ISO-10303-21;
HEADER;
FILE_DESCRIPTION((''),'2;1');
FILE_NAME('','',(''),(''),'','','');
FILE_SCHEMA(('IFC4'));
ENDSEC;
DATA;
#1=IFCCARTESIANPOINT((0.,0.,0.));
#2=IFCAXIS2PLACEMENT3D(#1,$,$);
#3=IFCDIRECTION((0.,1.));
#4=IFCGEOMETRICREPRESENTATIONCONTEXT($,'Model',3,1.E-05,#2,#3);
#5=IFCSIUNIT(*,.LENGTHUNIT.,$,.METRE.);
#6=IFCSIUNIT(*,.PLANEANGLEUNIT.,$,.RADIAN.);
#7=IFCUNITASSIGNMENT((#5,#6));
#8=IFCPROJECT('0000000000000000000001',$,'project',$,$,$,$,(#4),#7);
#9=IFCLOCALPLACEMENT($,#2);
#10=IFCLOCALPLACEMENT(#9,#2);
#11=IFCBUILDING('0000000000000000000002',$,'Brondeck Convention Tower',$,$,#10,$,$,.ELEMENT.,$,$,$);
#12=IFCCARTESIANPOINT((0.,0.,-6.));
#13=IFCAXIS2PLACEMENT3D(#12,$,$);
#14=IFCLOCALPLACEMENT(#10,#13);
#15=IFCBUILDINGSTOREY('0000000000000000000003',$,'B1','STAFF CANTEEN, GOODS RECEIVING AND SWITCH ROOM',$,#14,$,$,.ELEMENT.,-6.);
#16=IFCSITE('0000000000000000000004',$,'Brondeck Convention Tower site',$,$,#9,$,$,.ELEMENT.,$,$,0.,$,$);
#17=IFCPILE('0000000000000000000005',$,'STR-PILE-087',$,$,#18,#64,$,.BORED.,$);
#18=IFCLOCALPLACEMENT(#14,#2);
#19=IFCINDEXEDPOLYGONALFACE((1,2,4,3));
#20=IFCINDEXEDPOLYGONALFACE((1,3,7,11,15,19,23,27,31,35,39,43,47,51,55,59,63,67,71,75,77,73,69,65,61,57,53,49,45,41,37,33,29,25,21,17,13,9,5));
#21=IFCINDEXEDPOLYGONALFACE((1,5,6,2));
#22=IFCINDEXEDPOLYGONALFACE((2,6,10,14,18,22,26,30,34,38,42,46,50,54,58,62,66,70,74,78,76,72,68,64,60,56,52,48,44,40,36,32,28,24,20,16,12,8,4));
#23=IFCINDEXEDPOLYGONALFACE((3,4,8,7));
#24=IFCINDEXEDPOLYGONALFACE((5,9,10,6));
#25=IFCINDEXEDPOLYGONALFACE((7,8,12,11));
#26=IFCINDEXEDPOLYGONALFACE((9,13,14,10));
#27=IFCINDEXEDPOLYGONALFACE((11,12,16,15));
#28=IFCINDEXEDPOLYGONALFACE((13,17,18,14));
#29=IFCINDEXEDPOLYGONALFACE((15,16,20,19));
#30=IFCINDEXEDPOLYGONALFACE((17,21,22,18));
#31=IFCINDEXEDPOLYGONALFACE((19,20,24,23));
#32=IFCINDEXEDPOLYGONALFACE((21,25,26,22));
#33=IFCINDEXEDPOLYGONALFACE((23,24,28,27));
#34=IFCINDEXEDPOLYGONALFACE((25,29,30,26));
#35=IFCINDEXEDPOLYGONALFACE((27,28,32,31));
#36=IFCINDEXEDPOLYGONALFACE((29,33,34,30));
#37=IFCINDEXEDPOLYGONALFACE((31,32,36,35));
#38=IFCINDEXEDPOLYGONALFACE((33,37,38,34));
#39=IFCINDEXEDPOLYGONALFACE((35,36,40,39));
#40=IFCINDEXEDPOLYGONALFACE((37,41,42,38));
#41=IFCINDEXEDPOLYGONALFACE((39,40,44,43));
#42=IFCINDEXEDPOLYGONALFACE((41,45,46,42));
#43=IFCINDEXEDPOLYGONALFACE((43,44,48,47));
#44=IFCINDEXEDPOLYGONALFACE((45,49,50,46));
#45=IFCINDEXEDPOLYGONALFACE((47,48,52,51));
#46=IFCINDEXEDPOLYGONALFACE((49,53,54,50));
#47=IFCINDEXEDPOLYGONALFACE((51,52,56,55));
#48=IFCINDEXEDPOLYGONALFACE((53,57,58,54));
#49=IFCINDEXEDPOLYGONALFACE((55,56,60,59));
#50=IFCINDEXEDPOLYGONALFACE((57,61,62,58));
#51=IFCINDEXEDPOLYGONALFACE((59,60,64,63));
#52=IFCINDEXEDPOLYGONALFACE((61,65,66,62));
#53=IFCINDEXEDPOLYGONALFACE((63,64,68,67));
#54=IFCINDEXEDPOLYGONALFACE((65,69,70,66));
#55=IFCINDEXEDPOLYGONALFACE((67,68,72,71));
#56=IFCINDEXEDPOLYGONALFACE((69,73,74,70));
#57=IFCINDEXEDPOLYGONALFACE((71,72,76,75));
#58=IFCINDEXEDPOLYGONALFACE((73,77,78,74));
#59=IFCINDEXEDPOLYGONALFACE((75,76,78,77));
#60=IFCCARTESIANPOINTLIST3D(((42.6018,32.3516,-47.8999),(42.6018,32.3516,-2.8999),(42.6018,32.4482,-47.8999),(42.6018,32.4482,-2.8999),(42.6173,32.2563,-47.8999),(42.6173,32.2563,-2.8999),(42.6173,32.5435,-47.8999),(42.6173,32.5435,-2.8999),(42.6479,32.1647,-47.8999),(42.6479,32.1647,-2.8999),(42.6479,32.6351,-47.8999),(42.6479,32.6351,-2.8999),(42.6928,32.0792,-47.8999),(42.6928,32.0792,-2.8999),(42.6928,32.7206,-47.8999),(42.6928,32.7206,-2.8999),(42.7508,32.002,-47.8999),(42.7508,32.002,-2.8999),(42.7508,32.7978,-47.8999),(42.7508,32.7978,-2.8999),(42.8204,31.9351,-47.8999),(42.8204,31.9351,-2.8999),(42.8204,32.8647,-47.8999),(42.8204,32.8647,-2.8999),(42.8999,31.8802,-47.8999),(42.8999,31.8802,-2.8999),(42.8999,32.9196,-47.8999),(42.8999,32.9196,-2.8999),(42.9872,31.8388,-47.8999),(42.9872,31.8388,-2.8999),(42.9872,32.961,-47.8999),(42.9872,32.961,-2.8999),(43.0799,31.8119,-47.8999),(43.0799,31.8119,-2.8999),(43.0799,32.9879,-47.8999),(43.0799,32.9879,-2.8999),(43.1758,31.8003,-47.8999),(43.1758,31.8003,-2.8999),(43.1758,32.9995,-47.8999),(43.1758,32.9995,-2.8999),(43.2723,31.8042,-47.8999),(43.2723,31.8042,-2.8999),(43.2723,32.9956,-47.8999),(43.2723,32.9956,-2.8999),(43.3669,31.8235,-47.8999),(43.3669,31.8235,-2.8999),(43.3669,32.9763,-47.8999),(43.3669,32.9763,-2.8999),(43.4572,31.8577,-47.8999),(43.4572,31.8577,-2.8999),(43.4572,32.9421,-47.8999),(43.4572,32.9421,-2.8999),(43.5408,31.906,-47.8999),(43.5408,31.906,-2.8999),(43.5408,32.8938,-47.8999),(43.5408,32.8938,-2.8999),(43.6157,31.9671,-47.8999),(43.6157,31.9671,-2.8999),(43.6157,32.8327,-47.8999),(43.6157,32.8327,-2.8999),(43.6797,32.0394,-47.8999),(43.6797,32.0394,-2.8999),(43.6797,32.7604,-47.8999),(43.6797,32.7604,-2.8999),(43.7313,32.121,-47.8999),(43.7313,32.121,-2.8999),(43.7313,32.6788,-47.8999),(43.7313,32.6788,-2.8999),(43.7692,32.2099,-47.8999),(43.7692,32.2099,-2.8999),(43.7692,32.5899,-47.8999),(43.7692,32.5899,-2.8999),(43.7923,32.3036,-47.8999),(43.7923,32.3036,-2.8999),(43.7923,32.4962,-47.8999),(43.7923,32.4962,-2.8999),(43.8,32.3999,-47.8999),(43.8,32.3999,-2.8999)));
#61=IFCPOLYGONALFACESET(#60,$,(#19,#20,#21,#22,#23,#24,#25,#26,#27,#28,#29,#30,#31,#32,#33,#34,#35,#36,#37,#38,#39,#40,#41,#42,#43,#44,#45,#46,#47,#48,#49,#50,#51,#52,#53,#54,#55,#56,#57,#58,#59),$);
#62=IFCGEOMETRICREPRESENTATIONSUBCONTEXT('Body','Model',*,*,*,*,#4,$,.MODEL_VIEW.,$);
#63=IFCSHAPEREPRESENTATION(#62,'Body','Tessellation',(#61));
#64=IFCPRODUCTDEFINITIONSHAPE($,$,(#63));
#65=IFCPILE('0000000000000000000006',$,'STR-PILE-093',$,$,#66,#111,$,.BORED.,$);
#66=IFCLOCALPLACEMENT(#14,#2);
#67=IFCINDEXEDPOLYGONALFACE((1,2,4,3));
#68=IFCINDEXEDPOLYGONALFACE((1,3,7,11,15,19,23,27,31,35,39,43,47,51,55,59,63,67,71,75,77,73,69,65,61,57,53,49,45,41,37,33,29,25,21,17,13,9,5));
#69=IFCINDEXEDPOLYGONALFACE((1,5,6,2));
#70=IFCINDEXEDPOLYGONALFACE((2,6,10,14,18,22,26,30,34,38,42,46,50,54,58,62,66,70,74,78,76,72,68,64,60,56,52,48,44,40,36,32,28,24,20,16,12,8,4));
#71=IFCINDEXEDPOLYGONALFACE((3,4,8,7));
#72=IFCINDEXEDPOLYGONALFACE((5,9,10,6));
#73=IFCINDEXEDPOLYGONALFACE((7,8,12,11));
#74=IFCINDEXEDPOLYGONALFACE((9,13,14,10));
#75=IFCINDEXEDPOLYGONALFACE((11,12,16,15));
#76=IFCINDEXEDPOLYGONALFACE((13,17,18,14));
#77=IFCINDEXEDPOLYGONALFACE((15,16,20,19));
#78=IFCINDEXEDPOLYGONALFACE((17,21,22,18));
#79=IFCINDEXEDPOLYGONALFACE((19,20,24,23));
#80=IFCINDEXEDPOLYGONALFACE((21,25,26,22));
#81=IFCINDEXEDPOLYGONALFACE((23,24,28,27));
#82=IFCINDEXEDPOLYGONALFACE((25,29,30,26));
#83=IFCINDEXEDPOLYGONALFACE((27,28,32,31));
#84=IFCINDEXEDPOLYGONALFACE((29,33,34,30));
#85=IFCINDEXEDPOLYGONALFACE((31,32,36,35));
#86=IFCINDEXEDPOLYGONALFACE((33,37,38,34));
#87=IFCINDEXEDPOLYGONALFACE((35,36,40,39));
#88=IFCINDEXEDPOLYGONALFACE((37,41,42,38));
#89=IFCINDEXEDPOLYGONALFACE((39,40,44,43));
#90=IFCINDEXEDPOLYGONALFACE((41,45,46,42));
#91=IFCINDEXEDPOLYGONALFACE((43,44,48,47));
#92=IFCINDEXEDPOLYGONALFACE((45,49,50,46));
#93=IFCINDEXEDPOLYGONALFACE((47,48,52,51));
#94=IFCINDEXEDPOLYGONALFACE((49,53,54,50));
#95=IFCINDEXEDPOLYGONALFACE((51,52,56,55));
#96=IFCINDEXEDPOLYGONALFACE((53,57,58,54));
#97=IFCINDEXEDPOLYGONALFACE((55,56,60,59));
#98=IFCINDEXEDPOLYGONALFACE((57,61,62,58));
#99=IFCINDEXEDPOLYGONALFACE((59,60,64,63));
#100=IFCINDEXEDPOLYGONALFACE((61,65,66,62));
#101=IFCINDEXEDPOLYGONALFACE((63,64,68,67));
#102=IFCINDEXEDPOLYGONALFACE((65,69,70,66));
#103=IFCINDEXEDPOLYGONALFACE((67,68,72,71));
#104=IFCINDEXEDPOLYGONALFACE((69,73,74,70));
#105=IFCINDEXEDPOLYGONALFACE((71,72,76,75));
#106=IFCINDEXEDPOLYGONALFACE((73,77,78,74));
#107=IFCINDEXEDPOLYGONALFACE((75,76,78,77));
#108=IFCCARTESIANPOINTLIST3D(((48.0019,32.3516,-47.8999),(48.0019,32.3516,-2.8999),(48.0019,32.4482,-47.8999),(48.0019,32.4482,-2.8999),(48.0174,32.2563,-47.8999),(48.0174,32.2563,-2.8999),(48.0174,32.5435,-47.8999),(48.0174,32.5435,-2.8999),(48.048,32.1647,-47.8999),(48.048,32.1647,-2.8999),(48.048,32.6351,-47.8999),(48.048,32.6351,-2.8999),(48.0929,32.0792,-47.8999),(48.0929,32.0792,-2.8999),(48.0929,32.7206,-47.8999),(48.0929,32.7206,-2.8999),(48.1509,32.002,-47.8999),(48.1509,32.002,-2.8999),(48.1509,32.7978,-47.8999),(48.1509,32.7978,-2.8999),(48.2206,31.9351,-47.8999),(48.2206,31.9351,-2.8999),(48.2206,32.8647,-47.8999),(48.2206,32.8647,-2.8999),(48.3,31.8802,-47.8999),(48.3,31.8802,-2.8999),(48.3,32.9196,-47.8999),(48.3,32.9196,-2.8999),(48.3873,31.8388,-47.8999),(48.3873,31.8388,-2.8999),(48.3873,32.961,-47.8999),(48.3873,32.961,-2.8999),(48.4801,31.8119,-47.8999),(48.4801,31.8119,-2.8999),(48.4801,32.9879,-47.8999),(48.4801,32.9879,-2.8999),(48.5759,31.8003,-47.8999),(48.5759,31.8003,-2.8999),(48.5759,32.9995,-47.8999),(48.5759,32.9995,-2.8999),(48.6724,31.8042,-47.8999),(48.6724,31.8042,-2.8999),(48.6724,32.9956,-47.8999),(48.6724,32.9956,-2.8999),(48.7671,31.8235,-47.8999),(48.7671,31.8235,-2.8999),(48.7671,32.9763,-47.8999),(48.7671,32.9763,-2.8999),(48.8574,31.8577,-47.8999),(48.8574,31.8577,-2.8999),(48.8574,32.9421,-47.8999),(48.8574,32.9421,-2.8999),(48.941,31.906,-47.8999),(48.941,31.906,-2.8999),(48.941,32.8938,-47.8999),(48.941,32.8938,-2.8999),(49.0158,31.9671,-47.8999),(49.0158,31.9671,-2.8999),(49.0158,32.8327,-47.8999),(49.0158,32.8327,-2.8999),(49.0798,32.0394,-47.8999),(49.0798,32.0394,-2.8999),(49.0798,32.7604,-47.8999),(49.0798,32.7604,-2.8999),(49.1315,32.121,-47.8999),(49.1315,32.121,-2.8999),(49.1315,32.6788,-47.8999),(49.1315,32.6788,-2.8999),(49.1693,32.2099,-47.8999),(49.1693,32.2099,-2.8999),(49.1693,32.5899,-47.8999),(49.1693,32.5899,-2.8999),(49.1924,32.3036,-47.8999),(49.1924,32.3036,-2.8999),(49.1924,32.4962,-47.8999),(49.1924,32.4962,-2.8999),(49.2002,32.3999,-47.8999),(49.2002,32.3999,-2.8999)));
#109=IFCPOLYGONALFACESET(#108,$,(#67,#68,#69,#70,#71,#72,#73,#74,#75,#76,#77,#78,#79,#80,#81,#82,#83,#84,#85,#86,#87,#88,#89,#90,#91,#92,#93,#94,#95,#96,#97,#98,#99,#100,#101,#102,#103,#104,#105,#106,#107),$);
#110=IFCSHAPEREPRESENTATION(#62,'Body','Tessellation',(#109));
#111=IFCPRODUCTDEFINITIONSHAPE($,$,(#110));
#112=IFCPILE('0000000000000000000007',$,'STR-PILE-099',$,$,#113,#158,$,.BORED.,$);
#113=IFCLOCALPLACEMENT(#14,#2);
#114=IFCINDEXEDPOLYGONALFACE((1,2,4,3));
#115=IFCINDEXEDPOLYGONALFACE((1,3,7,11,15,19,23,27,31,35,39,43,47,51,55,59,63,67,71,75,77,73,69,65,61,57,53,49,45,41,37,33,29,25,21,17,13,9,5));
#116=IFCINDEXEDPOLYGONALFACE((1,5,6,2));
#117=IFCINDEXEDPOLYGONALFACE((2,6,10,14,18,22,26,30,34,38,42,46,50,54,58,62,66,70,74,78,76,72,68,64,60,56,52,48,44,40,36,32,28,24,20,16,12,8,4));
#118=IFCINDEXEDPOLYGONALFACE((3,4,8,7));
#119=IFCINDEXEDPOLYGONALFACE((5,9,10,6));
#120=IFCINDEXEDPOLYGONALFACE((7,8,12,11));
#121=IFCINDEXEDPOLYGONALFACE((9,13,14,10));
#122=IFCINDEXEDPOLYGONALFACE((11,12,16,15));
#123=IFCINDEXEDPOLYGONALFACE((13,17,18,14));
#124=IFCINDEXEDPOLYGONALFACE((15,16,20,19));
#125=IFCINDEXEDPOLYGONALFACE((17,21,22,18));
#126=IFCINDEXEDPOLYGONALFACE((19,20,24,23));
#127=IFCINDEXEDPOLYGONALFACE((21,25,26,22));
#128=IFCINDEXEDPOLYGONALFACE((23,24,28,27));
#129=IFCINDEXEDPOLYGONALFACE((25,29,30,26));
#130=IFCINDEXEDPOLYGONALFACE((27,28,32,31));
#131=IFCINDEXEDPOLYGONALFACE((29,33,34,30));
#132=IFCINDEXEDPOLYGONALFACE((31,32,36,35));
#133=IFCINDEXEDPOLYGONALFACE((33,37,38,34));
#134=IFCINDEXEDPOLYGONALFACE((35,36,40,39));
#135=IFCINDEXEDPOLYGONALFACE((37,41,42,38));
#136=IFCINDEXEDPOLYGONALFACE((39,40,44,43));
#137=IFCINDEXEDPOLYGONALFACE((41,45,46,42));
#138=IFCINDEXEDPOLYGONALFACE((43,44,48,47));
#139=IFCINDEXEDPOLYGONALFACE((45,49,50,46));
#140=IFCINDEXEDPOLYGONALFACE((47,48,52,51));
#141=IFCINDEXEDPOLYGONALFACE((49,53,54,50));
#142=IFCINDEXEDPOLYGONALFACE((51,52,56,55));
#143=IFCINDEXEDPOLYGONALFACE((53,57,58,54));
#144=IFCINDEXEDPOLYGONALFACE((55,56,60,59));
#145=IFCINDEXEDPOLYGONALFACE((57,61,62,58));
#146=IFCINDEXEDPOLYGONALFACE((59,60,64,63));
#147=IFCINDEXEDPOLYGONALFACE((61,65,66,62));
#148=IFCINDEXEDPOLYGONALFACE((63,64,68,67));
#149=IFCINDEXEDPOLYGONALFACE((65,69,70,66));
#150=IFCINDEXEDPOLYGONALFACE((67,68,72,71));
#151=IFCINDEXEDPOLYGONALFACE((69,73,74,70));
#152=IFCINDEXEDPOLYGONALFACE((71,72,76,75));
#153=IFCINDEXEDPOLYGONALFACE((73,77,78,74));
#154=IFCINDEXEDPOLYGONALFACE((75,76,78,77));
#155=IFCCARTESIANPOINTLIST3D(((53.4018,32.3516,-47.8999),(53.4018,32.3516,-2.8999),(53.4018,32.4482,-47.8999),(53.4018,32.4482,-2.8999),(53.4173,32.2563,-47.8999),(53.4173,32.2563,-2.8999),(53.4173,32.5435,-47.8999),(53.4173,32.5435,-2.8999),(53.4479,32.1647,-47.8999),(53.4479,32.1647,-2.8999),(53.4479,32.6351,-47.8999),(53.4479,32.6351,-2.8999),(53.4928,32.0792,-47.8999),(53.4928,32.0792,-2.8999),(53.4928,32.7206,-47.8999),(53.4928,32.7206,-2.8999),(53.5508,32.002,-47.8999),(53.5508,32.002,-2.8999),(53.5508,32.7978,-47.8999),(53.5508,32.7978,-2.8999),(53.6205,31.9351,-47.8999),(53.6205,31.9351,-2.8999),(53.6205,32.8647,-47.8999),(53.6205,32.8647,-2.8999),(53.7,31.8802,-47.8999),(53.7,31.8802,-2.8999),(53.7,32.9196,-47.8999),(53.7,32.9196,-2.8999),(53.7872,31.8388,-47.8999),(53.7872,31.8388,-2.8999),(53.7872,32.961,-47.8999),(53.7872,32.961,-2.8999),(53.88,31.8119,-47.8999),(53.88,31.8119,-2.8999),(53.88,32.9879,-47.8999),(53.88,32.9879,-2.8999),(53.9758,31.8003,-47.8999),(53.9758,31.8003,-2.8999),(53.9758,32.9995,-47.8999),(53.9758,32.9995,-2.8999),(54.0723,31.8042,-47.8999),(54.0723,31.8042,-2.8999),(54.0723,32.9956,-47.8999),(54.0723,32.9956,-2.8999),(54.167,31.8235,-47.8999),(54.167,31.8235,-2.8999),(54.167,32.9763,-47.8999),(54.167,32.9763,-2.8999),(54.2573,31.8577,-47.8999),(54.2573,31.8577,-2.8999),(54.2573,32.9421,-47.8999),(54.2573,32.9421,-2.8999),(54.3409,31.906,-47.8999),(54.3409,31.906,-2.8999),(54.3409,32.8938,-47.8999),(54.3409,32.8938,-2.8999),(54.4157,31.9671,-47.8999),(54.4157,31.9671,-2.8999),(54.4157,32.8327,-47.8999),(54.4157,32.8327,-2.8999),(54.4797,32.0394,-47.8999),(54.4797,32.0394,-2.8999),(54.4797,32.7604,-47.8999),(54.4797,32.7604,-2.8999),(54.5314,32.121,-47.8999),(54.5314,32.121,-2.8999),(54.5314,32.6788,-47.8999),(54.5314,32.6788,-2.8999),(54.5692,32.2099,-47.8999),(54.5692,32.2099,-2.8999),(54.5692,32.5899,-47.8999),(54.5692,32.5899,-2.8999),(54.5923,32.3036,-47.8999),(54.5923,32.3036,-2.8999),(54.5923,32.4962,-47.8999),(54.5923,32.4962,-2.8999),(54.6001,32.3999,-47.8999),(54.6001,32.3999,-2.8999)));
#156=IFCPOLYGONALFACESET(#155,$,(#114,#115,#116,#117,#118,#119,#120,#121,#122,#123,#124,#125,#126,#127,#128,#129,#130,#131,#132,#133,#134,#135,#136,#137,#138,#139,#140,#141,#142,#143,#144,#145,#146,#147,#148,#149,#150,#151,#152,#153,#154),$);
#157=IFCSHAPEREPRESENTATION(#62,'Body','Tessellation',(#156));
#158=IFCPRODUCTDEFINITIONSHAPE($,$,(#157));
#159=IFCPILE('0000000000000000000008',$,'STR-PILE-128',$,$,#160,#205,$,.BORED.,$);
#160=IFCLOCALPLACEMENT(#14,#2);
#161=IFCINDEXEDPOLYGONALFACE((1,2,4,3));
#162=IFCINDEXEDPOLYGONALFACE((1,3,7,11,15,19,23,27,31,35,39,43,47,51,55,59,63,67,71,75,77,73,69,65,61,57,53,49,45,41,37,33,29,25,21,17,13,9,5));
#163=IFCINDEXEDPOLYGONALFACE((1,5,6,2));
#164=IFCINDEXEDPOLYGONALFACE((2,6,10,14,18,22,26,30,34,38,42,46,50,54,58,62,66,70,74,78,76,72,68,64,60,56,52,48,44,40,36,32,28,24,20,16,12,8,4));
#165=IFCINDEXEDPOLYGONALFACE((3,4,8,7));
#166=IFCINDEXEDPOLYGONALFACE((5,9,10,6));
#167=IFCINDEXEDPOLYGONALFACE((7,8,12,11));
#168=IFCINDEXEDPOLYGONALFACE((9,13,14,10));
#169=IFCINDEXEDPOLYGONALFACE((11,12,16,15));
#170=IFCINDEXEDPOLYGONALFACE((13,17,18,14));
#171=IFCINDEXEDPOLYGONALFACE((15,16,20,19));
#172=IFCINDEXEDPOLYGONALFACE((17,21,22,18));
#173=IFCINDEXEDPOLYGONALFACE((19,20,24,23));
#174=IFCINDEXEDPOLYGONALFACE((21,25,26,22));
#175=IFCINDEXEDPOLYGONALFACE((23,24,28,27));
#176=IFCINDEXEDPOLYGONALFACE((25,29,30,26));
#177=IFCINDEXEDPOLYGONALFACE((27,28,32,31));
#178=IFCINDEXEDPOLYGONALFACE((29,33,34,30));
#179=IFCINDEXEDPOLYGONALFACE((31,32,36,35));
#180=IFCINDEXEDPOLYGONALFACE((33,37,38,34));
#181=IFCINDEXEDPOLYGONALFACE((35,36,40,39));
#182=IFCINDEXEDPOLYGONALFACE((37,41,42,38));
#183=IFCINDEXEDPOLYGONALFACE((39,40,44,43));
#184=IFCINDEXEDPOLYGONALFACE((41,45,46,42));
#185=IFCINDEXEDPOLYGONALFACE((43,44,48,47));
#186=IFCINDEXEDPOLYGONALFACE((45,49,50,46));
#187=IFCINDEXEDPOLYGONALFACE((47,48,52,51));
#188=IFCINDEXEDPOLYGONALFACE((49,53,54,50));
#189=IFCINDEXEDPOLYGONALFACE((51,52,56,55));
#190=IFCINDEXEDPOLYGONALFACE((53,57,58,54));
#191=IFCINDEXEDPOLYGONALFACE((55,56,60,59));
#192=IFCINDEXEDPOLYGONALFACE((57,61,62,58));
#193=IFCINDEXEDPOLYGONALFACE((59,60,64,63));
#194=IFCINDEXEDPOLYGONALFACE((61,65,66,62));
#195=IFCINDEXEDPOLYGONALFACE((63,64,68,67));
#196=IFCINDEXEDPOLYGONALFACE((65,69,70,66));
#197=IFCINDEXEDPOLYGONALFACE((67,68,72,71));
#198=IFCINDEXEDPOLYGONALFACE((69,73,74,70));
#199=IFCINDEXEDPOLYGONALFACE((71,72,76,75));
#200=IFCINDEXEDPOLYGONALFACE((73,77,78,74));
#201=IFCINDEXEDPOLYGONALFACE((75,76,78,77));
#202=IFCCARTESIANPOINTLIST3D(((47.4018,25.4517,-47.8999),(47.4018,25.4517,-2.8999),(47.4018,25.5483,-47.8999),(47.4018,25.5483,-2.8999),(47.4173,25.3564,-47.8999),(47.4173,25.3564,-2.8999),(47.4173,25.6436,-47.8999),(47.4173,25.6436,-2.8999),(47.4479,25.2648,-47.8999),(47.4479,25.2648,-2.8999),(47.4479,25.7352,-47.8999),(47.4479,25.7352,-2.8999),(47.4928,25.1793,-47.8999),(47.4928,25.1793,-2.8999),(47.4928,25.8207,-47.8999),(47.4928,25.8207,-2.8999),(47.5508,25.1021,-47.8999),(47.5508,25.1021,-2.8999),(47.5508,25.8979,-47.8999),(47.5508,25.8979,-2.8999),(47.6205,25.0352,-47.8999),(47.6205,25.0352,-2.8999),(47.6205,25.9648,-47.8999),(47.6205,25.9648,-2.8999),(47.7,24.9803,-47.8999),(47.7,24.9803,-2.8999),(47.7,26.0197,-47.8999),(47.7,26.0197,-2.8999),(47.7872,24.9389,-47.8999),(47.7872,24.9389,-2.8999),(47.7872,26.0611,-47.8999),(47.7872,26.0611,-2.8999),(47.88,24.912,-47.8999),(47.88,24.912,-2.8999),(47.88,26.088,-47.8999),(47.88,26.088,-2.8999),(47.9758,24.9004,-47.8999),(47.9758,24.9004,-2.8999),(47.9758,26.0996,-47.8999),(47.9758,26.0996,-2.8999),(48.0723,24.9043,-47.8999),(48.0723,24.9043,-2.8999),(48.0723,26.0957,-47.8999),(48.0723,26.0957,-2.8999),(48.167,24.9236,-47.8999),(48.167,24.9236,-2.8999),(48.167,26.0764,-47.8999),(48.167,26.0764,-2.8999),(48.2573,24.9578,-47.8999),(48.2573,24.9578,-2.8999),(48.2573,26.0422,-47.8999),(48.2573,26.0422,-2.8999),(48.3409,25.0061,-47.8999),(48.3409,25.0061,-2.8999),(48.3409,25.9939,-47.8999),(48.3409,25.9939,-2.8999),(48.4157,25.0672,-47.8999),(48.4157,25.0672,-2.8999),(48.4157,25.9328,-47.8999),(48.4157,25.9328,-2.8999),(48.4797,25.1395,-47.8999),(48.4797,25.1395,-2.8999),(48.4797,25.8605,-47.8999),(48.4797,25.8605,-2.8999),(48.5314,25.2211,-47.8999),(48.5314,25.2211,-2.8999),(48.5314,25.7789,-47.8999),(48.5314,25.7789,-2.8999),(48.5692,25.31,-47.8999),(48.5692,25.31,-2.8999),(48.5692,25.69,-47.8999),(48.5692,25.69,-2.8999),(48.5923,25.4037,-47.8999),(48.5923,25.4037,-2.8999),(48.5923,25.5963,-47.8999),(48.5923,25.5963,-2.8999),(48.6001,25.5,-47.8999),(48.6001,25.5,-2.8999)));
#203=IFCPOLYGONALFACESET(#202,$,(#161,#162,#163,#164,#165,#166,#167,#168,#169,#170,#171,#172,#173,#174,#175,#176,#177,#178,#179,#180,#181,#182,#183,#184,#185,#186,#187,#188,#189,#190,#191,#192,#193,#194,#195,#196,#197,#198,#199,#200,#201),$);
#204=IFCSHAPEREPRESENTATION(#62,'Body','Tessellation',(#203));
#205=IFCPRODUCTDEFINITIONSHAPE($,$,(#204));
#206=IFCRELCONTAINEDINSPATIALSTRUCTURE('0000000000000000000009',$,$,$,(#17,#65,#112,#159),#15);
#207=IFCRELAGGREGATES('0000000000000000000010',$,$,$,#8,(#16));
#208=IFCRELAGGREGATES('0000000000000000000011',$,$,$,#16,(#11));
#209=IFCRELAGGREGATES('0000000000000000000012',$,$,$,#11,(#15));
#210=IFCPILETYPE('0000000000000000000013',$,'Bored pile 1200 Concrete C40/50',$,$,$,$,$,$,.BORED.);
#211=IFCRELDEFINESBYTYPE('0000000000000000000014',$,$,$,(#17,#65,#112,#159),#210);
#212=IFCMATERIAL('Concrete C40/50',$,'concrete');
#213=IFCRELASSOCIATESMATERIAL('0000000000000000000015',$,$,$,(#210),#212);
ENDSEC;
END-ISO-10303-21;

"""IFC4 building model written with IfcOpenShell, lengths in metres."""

from ifc_helpers import new_model, si_unit, direction, frame, origin, origin_2d, place, context, subcontext, project, spatial, circle, extrude, material, material_profile, profile_set, type_object, element, save


model = new_model("IFC4")

# Units and contexts
model_context = context("Model", 3, precision=1e-05, world=origin(), true_north=direction((0.0, 1.0)))
body_context = subcontext(model_context, "Body", "Model", "MODEL_VIEW")
ifc_project = project(units=[si_unit("LENGTHUNIT", "METRE"), si_unit("PLANEANGLEUNIT", "RADIAN")], contexts=[model_context])

# Site, building, storey
site_placement = place(None, origin())
site = spatial("IfcSite", under=ifc_project, at=site_placement, Name="Brondeck Convention Tower site", CompositionType="ELEMENT", RefElevation=0.0)
building_placement = place(site_placement, origin())
building = spatial("IfcBuilding", under=site, at=building_placement, Name="Brondeck Convention Tower", CompositionType="ELEMENT")
storey_placement = place(building_placement, frame((0.0, 0.0, -6.0)))
storey = spatial("IfcBuildingStorey", under=building, at=storey_placement, Name="B1", Description="STAFF CANTEEN, GOODS RECEIVING AND SWITCH ROOM", CompositionType="ELEMENT", Elevation=-6.0)

# Piles
ifc_material_1 = material(Name="Concrete C40/50", Category="concrete")
ifc_material_profile_1 = material_profile(ifc_material_1, circle(Radius=0.6001, at=origin_2d()), Name="Bored pile 1200 Concrete C40/50")
ifc_profile_set_1 = profile_set([ifc_material_profile_1], Name="Concrete C40/50")
pile_type = type_object("IfcPileType", Name="Bored pile 1200 Concrete C40/50", PredefinedType="BORED", material=ifc_profile_set_1)
for number, where, z_axis, x_axis, name in (
    (1, (43.2, 32.3999, -2.8999), (0.0, 0.0, -1.0), (1.0, 0.0, 0.0), "STR-PILE-087"),
    (2, (48.6001, 32.3999, -2.8999), (0.0, 0.0, -1.0), (1.0, 0.0, 0.0), "STR-PILE-093"),
    (3, (54.0, 32.3999, -2.8999), (0.0, 0.0, -1.0), (1.0, 0.0, 0.0), "STR-PILE-099"),
    (4, (48.0, 25.5, -2.8999), (0.0, 0.0, -1.0), (1.0, 0.0, 0.0), "STR-PILE-128"),
):
    element("IfcPile", number, at=place(storey_placement, frame(where, z_axis=z_axis, x_axis=x_axis)), inside=storey, type_object=pile_type, Name=name, PredefinedType="BORED", context=body_context, shape_type="SweptSolid", body=[
        extrude(circle(Radius=0.6001, at=origin_2d()), origin(), (0.0, 0.0, 1.0), 45.0),
    ])

save(model, "model.ifc")
